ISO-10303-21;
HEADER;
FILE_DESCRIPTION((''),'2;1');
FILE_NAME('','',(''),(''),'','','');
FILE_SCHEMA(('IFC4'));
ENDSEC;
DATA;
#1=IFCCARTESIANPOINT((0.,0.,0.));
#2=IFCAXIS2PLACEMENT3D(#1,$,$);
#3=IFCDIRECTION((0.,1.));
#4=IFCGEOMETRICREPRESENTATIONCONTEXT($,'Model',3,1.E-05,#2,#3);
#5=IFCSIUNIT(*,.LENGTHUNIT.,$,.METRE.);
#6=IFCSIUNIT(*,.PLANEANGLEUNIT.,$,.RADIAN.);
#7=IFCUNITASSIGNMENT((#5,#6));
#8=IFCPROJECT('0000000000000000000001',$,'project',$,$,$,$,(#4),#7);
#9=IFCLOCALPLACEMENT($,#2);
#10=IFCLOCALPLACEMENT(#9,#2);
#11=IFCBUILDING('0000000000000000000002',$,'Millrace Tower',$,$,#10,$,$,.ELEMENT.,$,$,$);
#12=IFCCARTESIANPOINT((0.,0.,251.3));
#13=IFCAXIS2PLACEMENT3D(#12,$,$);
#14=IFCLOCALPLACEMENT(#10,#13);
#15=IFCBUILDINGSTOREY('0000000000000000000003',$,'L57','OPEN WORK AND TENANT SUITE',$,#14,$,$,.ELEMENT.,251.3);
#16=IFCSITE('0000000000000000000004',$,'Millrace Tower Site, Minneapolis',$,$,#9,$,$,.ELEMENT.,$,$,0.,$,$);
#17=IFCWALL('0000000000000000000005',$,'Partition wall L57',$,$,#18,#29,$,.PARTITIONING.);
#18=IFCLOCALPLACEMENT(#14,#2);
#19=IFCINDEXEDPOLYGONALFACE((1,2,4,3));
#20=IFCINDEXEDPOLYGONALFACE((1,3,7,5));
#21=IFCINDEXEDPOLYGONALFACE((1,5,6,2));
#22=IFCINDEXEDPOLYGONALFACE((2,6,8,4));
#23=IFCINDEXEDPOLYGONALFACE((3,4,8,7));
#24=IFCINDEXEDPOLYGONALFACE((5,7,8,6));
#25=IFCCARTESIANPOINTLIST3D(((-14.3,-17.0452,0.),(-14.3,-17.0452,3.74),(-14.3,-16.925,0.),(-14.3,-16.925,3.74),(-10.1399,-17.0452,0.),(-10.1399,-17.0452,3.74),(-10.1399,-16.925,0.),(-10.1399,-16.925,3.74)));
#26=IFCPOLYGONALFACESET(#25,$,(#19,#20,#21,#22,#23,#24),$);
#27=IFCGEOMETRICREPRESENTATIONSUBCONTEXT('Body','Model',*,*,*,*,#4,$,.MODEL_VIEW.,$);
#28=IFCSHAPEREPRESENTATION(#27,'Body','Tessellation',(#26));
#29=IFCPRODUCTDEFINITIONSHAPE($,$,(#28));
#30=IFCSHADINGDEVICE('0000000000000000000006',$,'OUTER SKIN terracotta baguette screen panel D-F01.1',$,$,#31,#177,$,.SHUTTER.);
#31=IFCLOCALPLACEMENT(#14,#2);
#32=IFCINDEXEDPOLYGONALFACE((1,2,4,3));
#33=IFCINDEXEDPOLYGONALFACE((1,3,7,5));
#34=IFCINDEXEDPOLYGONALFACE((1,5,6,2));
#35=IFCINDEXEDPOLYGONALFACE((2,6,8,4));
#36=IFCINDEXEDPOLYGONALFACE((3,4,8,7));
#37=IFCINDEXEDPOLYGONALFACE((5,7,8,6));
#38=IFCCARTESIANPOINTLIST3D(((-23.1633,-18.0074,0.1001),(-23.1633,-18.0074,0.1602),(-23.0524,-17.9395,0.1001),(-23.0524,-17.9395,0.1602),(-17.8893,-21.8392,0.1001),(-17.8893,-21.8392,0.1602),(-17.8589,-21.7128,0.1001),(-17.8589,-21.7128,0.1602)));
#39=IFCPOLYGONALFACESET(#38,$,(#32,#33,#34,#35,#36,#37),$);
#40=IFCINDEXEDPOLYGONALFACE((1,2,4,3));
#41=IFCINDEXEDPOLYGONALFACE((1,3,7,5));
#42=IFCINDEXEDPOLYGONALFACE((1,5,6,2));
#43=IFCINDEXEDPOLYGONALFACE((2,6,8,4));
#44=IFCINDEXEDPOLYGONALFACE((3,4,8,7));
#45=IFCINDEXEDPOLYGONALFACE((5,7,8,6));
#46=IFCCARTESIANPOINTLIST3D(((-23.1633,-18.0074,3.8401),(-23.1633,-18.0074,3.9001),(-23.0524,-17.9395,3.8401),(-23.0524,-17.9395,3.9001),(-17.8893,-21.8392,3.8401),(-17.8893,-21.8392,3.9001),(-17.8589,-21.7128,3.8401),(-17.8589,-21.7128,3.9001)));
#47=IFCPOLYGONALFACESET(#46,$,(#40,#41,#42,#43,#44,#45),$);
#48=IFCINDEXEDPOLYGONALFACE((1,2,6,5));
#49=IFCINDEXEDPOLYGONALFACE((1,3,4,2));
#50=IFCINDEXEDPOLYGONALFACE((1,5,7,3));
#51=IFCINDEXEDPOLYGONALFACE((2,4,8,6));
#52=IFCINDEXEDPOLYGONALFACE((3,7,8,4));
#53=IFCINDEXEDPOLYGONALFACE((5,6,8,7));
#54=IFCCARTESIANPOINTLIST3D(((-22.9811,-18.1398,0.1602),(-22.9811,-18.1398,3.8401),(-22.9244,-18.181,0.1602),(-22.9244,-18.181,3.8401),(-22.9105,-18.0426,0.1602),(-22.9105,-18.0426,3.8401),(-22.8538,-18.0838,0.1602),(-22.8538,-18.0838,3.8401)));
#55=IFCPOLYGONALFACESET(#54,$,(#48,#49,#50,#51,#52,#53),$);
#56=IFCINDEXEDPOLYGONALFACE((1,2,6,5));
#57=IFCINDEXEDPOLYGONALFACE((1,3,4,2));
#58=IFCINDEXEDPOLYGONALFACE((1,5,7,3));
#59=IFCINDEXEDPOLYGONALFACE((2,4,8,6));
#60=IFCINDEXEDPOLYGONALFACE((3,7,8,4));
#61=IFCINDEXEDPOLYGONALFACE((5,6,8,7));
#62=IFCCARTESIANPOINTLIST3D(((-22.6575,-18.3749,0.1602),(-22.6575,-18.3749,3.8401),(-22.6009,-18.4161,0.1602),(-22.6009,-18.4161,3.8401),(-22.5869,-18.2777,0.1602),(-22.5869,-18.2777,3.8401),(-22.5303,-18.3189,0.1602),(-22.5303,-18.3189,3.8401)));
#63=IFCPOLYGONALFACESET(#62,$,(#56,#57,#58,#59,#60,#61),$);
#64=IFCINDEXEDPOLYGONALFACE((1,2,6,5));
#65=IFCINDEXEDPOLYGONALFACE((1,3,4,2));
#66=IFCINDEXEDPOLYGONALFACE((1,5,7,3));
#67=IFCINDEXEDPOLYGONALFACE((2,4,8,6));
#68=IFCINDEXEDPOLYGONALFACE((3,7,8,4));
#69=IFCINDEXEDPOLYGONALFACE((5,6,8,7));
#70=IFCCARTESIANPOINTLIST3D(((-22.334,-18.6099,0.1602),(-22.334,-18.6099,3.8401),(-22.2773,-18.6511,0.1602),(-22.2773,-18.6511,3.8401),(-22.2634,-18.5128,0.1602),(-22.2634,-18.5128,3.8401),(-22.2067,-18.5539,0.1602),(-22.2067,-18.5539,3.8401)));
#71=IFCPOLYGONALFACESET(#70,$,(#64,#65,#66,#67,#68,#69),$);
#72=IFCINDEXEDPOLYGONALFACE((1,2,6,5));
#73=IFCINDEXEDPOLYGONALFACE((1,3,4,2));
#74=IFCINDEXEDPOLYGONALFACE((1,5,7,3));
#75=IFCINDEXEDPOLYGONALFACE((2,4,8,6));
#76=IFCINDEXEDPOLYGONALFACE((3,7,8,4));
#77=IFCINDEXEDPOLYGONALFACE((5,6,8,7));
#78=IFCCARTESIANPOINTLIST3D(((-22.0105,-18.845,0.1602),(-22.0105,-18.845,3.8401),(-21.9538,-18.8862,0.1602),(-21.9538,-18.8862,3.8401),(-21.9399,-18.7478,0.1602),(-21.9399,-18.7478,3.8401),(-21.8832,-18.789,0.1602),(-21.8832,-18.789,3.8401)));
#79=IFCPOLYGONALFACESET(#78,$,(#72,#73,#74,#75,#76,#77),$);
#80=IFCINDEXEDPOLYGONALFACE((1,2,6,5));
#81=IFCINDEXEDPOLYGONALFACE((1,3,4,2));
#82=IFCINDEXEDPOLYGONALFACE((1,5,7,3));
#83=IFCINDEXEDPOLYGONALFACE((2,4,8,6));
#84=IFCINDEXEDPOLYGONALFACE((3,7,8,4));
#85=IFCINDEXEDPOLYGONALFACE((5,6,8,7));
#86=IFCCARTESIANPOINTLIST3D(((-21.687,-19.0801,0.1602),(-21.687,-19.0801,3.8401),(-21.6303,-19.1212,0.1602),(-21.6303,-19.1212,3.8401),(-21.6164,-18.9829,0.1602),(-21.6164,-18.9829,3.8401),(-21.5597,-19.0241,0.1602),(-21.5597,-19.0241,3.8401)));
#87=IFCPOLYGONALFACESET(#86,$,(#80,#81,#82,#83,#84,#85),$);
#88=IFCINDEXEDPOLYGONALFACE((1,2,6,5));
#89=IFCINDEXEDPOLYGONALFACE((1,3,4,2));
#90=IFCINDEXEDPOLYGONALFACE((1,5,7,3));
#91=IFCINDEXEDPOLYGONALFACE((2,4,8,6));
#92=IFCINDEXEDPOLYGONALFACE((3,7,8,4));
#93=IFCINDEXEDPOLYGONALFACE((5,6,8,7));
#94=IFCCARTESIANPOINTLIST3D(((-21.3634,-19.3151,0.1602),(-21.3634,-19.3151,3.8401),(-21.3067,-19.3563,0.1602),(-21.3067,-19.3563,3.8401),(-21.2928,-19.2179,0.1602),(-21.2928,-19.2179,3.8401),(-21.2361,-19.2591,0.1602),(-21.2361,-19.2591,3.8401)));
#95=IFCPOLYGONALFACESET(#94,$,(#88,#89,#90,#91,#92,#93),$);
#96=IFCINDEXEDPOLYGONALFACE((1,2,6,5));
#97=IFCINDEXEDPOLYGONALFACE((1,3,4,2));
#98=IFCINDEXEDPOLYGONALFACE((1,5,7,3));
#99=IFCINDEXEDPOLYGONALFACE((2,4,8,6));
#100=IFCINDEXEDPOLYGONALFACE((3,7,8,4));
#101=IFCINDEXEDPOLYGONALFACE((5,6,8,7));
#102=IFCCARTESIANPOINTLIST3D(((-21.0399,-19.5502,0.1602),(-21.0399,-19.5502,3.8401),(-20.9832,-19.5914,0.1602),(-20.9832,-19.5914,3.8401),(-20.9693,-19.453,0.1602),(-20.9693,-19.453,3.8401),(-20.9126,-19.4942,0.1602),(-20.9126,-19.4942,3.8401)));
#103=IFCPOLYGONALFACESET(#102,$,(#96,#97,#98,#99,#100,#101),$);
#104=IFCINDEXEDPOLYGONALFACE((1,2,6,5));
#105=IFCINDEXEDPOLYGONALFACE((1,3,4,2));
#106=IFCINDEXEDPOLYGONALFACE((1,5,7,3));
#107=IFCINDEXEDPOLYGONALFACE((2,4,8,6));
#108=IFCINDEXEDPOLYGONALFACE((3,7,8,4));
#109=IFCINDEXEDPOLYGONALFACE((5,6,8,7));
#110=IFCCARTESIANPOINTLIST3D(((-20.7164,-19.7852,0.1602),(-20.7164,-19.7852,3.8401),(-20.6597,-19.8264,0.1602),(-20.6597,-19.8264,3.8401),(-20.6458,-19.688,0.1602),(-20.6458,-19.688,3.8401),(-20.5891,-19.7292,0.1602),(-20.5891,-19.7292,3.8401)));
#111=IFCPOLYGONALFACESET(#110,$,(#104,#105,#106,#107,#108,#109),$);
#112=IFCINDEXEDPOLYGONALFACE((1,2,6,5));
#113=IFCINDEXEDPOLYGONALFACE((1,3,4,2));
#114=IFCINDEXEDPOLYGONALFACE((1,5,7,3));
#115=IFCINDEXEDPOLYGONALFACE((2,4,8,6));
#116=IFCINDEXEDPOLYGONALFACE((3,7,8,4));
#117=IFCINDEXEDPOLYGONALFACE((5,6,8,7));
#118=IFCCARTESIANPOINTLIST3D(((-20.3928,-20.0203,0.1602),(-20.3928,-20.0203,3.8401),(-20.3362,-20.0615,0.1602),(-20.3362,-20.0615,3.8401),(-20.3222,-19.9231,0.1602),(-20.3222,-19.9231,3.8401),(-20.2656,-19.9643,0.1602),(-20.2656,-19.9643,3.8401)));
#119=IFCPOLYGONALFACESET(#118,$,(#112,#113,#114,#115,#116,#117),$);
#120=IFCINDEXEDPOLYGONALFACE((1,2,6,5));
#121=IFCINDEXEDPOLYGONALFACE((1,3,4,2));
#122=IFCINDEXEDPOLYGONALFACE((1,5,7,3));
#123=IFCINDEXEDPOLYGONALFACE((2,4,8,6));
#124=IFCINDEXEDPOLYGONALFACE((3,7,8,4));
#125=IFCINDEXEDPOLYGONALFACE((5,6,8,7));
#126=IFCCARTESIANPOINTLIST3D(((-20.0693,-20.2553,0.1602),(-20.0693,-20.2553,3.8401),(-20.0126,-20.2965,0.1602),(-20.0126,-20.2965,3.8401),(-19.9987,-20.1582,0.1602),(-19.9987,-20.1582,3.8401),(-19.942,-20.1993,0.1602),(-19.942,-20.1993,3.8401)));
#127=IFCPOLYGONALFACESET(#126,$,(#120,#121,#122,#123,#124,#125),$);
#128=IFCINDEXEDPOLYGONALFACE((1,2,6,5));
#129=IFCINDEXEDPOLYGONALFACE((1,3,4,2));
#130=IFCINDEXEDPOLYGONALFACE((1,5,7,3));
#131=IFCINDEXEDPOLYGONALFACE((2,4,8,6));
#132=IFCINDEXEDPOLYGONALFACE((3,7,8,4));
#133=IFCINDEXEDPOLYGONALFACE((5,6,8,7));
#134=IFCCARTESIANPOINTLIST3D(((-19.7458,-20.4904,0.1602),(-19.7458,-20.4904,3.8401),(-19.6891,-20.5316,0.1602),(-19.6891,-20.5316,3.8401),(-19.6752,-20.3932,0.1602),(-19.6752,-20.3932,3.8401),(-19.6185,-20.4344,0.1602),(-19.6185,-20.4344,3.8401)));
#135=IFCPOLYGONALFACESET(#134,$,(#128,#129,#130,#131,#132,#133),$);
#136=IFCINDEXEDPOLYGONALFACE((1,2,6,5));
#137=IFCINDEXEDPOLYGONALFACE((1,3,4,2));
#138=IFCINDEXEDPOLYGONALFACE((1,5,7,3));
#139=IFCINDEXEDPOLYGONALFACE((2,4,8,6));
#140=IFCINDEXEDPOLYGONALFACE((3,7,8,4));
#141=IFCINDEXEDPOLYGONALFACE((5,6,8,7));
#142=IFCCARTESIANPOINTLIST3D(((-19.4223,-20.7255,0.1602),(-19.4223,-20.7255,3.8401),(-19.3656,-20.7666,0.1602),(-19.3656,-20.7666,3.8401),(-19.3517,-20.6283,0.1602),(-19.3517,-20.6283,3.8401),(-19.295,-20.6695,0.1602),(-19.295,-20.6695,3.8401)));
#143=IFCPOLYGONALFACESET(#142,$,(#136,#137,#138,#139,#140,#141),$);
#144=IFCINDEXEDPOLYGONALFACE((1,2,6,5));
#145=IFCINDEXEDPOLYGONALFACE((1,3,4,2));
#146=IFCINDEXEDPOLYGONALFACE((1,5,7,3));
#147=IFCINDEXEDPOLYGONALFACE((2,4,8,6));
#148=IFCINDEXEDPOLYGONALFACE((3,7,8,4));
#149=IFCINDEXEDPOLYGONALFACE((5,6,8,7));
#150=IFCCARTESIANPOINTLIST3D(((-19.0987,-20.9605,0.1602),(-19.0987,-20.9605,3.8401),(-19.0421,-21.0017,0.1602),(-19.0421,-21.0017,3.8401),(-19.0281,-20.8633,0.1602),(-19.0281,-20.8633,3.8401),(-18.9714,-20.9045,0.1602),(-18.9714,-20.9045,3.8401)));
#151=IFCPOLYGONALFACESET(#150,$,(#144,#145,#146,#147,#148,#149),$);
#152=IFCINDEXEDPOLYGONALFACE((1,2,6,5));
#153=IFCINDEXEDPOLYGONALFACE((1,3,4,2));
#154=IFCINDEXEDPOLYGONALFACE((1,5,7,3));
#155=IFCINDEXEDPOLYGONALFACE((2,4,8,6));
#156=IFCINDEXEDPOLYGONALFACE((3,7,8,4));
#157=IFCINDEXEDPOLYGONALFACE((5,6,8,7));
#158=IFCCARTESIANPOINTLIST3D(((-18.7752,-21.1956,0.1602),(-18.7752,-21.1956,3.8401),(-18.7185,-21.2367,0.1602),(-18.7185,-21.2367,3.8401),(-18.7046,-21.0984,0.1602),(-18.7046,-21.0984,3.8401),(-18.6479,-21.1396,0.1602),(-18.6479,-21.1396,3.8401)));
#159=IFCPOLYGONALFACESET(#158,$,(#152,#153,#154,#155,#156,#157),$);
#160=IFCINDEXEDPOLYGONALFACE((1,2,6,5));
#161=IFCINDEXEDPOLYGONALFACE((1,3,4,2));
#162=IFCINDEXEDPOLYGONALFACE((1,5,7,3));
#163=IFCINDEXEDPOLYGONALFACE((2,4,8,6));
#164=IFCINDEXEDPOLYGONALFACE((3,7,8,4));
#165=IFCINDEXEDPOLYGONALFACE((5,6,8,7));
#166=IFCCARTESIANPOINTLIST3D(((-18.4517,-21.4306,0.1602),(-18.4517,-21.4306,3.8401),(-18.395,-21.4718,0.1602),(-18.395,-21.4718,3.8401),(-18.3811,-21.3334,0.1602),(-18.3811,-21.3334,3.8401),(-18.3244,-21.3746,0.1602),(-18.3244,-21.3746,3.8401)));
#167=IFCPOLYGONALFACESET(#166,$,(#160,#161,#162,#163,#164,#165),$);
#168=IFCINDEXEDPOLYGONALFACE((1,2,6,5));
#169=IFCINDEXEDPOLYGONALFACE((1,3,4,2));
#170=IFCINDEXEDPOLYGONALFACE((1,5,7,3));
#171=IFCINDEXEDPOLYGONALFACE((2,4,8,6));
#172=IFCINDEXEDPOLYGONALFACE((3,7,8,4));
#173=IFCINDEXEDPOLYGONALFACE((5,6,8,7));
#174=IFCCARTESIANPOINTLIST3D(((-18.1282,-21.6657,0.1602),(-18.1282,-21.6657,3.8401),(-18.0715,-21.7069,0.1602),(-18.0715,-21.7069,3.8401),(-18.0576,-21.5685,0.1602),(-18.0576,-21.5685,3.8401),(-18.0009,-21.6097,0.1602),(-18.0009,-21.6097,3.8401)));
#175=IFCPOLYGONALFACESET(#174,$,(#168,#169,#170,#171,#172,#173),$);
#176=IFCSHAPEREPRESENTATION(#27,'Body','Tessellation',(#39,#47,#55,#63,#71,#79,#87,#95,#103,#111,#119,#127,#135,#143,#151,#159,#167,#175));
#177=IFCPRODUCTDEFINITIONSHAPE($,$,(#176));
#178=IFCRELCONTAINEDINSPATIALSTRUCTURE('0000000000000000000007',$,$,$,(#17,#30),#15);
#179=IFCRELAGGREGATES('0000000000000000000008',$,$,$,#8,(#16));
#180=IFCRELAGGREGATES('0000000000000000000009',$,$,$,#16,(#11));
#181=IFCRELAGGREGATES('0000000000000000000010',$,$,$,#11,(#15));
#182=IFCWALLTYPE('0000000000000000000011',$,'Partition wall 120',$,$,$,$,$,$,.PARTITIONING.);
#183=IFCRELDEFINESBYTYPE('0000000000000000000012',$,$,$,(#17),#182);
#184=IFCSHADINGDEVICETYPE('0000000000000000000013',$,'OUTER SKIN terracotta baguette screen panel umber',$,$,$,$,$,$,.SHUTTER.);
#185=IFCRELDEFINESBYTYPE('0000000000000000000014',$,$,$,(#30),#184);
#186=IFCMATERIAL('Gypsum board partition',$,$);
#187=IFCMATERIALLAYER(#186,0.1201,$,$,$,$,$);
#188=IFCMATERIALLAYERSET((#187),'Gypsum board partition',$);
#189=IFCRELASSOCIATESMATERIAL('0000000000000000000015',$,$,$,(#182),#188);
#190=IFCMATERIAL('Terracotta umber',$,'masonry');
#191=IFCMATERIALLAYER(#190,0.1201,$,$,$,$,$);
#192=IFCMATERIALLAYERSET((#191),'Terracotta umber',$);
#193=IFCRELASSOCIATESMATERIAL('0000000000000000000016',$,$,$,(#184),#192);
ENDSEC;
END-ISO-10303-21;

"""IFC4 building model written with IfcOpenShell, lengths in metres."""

from ifc_helpers import new_model, entity, si_unit, direction, frame, frame_2d, origin, place, context, subcontext, project, spatial, rectangle, extrude, source, transform, mapped, material, layer, layer_set, type_object, element, save


model = new_model("IFC4")

# Units and contexts
model_context = context("Model", 3, precision=1e-05, world=origin(), true_north=direction((0.0, 1.0)))
body_context = subcontext(model_context, "Body", "Model", "MODEL_VIEW")
ifc_project = project(units=[si_unit("LENGTHUNIT", "METRE"), si_unit("PLANEANGLEUNIT", "RADIAN")], contexts=[model_context])

# Site, building, storey
site_placement = place(None, origin())
site = spatial("IfcSite", under=ifc_project, at=site_placement, Name="Millrace Tower Site, Minneapolis", CompositionType="ELEMENT", RefElevation=0.0)
building_placement = place(site_placement, origin())
building = spatial("IfcBuilding", under=site, at=building_placement, Name="Millrace Tower", CompositionType="ELEMENT")
storey_placement = place(building_placement, frame((0.0, 0.0, 251.3)))
storey = spatial("IfcBuildingStorey", under=building, at=storey_placement, Name="L57", Description="OPEN WORK AND TENANT SUITE", CompositionType="ELEMENT", Elevation=251.3)

# Wall
ifc_material_1 = material(Name="Gypsum board partition")
ifc_layer_1 = layer(ifc_material_1, 0.1201)
ifc_layer_set_1 = layer_set([ifc_layer_1], Name="Gypsum board partition")
wall_type_1 = type_object("IfcWallType", Name="Partition wall 120", PredefinedType="PARTITIONING", material=ifc_layer_set_1)
wall_1_placement = place(storey_placement, frame((-14.3, -16.9851, 0.0), z_axis=(0.0, 0.0, 1.0), x_axis=(1.0, 0.0, 0.0)))
element("IfcWall", 1, at=wall_1_placement, inside=storey, type_object=wall_type_1, Name="Partition wall L57", PredefinedType="PARTITIONING", context=body_context, shape_type="SweptSolid", body=[
    extrude(rectangle(XDim=4.1602, YDim=0.1201, at=frame_2d((2.0801, 0.0))), origin(), (0.0, 0.0, 1.0), 3.74),
])

# Shading device
ifc_material_2 = material(Name="Terracotta umber", Category="masonry")
ifc_layer_2 = layer(ifc_material_2, 0.1201)
ifc_layer_set_2 = layer_set([ifc_layer_2], Name="Terracotta umber")
shading_device_type = type_object("IfcShadingDeviceType", Name="OUTER SKIN terracotta baguette screen panel umber", PredefinedType="SHUTTER", material=ifc_layer_set_2)
cartesian_point_1 = entity("IfcCartesianPoint", [-3.2097, 0.0601])
shared_polyline_1 = entity("IfcPolyline", [cartesian_point_1, entity("IfcCartesianPoint", [3.2097, 0.0601]), entity("IfcCartesianPoint", [3.2595, -0.0601]), entity("IfcCartesianPoint", [-3.2595, -0.0601]), cartesian_point_1])
shared_shape_1 = source(origin(), body_context, "Body", "SweptSolid", [
    entity("IfcExtrudedAreaSolid", entity("IfcArbitraryClosedProfileDef", "AREA", None, shared_polyline_1), entity("IfcAxis2Placement3D", entity("IfcCartesianPoint", [0.0, 0.0, 0.0])), entity("IfcDirection", [0.0, 0.0, 1.0]), 0.0601),
    entity("IfcExtrudedAreaSolid", entity("IfcArbitraryClosedProfileDef", "AREA", None, shared_polyline_1), entity("IfcAxis2Placement3D", entity("IfcCartesianPoint", [0.0, 0.0, 3.74])), entity("IfcDirection", [0.0, 0.0, 1.0]), 0.0601),
    extrude(rectangle(XDim=0.0701, YDim=0.1201, at=frame_2d((-2.9993, 0.0))), frame((0.0, 0.0, 0.0601)), (0.0, 0.0, 1.0), 3.6799),
    extrude(rectangle(XDim=0.0701, YDim=0.1201, at=frame_2d((-2.5994, 0.0))), frame((0.0, 0.0, 0.0601)), (0.0, 0.0, 1.0), 3.6799),
    extrude(rectangle(XDim=0.0701, YDim=0.1201, at=frame_2d((-2.1995, 0.0))), frame((0.0, 0.0, 0.0601)), (0.0, 0.0, 1.0), 3.6799),
    extrude(rectangle(XDim=0.0701, YDim=0.1201, at=frame_2d((-1.7996, 0.0))), frame((0.0, 0.0, 0.0601)), (0.0, 0.0, 1.0), 3.6799),
    extrude(rectangle(XDim=0.0701, YDim=0.1201, at=frame_2d((-1.3997, 0.0))), frame((0.0, 0.0, 0.0601)), (0.0, 0.0, 1.0), 3.6799),
    extrude(rectangle(XDim=0.0701, YDim=0.1201, at=frame_2d((-0.9998, 0.0))), frame((0.0, 0.0, 0.0601)), (0.0, 0.0, 1.0), 3.6799),
    extrude(rectangle(XDim=0.0701, YDim=0.1201, at=frame_2d((-0.5999, 0.0))), frame((0.0, 0.0, 0.0601)), (0.0, 0.0, 1.0), 3.6799),
    extrude(rectangle(XDim=0.0701, YDim=0.1201, at=frame_2d((-0.2, 0.0))), frame((0.0, 0.0, 0.0601)), (0.0, 0.0, 1.0), 3.6799),
    extrude(rectangle(XDim=0.0701, YDim=0.1201, at=frame_2d((0.2, 0.0))), frame((0.0, 0.0, 0.0601)), (0.0, 0.0, 1.0), 3.6799),
    extrude(rectangle(XDim=0.0701, YDim=0.1201, at=frame_2d((0.5999, 0.0))), frame((0.0, 0.0, 0.0601)), (0.0, 0.0, 1.0), 3.6799),
    extrude(rectangle(XDim=0.0701, YDim=0.1201, at=frame_2d((0.9998, 0.0))), frame((0.0, 0.0, 0.0601)), (0.0, 0.0, 1.0), 3.6799),
    extrude(rectangle(XDim=0.0701, YDim=0.1201, at=frame_2d((1.3997, 0.0))), frame((0.0, 0.0, 0.0601)), (0.0, 0.0, 1.0), 3.6799),
    extrude(rectangle(XDim=0.0701, YDim=0.1201, at=frame_2d((1.7996, 0.0))), frame((0.0, 0.0, 0.0601)), (0.0, 0.0, 1.0), 3.6799),
    extrude(rectangle(XDim=0.0701, YDim=0.1201, at=frame_2d((2.1995, 0.0))), frame((0.0, 0.0, 0.0601)), (0.0, 0.0, 1.0), 3.6799),
    extrude(rectangle(XDim=0.0701, YDim=0.1201, at=frame_2d((2.5994, 0.0))), frame((0.0, 0.0, 0.0601)), (0.0, 0.0, 1.0), 3.6799),
    extrude(rectangle(XDim=0.0701, YDim=0.1201, at=frame_2d((2.9993, 0.0))), frame((0.0, 0.0, 0.0601)), (0.0, 0.0, 1.0), 3.6799),
])
shading_device_1_placement = place(storey_placement, frame((-20.491, -19.8748, 0.1001), z_axis=(0.0, 0.0, 1.0), x_axis=(0.809017, -0.587785, 0.0)))
element("IfcShadingDevice", 2, at=shading_device_1_placement, inside=storey, type_object=shading_device_type, Name="OUTER SKIN terracotta baguette screen panel D-F01.1", PredefinedType="SHUTTER", context=body_context, shape_type="MappedRepresentation", body=[
    mapped(shared_shape_1, transform((0.0, 0.0, 0.0), scale=1.0)),
])

save(model, "model.ifc")
